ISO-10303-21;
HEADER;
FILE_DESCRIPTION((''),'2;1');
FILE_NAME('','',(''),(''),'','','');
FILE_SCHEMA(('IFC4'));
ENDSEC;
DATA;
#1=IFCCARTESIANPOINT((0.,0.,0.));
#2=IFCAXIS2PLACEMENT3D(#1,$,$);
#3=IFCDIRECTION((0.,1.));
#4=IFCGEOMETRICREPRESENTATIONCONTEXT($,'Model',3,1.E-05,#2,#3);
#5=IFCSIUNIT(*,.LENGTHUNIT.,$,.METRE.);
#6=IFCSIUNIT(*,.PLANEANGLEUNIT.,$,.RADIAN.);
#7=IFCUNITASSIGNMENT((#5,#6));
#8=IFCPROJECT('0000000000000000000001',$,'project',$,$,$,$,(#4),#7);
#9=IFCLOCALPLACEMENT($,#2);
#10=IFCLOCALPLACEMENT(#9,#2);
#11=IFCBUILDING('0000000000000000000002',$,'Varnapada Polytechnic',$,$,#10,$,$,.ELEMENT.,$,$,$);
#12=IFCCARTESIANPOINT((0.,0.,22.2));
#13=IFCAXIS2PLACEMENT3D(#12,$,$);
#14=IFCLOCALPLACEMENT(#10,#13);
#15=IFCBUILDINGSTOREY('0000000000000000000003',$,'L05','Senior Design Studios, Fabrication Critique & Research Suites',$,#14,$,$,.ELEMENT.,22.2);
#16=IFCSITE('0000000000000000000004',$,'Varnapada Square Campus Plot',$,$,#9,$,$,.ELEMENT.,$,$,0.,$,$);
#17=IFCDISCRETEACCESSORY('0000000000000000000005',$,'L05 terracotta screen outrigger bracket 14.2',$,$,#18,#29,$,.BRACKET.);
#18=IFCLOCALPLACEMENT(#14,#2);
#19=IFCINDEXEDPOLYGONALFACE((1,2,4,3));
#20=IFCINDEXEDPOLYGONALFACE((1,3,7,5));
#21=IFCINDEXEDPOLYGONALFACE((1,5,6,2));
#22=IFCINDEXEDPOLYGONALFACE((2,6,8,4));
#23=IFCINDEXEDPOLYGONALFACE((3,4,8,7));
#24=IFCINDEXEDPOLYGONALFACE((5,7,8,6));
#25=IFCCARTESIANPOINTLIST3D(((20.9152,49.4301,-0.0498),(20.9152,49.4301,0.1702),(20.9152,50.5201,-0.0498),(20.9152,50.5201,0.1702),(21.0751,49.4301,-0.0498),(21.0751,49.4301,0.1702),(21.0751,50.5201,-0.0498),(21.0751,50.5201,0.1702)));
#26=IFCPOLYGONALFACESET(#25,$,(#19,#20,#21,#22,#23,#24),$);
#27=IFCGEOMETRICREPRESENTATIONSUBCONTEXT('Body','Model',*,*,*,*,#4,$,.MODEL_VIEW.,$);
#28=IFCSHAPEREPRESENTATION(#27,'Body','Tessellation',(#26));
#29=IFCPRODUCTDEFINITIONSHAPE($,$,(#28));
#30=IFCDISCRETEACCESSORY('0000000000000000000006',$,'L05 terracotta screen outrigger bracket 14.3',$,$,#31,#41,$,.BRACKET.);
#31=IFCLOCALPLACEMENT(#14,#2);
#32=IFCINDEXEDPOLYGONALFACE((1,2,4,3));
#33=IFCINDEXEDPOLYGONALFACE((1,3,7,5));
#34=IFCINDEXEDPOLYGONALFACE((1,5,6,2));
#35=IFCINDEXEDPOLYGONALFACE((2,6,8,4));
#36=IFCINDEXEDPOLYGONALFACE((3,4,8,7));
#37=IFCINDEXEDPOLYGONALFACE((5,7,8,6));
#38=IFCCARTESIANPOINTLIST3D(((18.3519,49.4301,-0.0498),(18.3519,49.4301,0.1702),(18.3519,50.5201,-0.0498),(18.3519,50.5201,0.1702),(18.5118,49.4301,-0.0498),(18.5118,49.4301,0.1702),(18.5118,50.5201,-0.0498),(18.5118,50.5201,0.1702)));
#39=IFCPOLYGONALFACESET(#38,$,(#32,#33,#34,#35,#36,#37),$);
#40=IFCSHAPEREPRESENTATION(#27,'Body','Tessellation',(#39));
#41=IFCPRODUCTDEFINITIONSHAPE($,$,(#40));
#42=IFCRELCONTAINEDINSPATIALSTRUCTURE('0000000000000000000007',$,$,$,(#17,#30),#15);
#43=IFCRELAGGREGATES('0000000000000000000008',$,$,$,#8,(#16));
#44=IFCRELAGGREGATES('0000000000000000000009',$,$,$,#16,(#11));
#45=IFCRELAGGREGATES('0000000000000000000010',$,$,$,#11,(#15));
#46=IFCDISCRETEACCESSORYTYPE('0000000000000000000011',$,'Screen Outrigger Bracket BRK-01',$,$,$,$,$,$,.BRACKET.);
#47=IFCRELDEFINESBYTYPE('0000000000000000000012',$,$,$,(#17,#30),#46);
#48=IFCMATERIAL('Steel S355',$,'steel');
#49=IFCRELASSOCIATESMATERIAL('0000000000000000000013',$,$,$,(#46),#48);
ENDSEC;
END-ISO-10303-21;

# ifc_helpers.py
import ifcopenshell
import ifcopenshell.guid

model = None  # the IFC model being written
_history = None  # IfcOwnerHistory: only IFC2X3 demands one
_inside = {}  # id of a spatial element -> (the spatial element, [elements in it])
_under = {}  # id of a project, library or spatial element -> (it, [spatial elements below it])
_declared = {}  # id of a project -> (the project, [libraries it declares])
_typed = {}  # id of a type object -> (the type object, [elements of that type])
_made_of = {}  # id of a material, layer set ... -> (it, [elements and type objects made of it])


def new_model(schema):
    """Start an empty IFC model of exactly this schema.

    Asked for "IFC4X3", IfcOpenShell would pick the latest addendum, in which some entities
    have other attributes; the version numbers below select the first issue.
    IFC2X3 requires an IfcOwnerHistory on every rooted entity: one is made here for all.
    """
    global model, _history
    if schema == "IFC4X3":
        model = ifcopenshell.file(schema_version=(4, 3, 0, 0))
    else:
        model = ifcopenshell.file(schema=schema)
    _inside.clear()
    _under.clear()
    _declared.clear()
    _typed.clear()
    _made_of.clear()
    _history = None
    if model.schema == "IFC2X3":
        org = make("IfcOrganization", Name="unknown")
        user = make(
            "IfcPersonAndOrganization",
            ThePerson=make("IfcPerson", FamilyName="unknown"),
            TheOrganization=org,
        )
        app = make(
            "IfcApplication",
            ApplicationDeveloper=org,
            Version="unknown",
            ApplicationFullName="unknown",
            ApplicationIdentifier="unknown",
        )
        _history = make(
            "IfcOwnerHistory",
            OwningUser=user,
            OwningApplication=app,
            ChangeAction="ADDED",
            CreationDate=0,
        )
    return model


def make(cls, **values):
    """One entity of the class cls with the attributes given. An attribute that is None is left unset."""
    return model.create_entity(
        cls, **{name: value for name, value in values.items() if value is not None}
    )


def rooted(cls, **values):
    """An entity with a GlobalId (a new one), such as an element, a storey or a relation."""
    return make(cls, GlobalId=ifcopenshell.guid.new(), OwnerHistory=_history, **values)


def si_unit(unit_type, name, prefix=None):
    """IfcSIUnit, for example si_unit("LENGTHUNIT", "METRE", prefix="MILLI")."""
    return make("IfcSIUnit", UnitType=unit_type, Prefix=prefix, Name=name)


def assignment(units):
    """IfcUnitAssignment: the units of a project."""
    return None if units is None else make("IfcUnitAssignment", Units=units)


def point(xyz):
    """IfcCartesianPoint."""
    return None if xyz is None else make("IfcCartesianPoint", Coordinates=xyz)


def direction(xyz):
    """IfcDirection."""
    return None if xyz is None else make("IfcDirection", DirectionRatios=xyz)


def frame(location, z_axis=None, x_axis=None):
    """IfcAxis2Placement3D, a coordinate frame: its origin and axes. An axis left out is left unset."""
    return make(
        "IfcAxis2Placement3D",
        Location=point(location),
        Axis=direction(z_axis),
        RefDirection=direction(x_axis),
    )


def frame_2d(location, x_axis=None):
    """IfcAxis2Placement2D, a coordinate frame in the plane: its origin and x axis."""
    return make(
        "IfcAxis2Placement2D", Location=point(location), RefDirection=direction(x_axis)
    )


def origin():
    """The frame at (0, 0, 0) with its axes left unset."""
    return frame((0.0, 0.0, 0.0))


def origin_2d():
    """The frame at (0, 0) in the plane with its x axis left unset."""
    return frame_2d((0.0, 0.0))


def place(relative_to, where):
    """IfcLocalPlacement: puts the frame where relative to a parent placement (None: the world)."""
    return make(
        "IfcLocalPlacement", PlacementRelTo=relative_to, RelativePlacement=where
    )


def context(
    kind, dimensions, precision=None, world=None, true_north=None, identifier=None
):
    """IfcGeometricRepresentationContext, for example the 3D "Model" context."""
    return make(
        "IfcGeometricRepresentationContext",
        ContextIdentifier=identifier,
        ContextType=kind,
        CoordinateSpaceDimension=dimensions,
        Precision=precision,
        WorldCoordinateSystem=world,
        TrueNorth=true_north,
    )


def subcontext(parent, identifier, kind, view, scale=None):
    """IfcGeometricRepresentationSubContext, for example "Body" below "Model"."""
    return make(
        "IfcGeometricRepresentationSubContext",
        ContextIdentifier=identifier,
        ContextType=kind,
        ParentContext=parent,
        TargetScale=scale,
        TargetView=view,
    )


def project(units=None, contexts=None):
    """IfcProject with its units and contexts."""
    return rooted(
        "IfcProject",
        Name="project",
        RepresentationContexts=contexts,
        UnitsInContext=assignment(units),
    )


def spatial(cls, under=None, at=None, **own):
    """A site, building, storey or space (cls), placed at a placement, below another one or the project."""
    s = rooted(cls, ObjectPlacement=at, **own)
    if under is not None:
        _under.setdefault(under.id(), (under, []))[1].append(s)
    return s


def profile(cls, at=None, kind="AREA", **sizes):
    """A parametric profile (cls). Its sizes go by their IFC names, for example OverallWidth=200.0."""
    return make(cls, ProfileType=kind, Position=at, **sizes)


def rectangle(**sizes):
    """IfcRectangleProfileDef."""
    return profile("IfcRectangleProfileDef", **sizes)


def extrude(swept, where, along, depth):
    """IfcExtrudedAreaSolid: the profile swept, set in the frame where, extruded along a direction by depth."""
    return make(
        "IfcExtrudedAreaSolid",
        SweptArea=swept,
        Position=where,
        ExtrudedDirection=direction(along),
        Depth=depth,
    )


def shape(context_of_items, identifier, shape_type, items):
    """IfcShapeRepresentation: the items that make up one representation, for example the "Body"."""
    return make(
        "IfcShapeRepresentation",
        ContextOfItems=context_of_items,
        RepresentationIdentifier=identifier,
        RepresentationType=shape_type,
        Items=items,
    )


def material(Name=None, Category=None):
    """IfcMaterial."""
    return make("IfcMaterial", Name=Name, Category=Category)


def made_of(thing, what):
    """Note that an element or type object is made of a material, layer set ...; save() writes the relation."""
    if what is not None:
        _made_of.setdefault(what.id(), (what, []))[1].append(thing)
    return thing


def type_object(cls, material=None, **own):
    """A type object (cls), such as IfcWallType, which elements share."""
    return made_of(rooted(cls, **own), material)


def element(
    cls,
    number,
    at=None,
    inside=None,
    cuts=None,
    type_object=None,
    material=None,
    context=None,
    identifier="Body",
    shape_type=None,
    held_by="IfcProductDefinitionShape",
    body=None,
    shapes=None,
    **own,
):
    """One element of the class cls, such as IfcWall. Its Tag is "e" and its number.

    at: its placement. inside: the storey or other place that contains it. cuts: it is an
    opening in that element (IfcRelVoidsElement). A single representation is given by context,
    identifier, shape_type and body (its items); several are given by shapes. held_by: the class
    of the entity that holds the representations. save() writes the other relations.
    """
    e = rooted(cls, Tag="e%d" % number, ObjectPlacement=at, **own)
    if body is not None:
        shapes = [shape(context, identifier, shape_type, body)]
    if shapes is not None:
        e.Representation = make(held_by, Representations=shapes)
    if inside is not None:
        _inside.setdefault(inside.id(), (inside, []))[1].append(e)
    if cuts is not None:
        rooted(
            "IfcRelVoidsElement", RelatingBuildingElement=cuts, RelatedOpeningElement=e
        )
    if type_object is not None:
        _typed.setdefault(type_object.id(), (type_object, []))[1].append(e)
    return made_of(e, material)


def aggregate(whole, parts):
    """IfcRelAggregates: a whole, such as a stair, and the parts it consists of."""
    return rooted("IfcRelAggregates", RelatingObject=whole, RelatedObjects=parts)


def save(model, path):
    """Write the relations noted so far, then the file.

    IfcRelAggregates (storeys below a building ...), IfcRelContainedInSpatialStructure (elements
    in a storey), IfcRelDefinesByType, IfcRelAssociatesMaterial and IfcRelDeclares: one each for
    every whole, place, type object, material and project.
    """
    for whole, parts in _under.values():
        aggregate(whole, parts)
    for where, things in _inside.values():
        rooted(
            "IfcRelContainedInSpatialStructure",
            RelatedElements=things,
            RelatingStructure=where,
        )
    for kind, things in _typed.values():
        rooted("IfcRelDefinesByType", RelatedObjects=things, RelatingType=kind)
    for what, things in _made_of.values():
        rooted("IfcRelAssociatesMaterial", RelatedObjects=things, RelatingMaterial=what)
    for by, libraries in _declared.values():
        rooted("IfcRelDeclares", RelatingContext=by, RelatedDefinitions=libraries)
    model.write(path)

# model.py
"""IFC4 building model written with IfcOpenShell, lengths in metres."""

from ifc_helpers import new_model, si_unit, direction, frame, origin, origin_2d, place, context, subcontext, project, spatial, rectangle, extrude, material, type_object, element, save


model = new_model("IFC4")

# Units and contexts
model_context = context("Model", 3, precision=1e-05, world=origin(), true_north=direction((0.0, 1.0)))
body_context = subcontext(model_context, "Body", "Model", "MODEL_VIEW")
ifc_project = project(units=[si_unit("LENGTHUNIT", "METRE"), si_unit("PLANEANGLEUNIT", "RADIAN")], contexts=[model_context])

# Site, building, storey
site_placement = place(None, origin())
site = spatial("IfcSite", under=ifc_project, at=site_placement, Name="Varnapada Square Campus Plot", CompositionType="ELEMENT", RefElevation=0.0)
building_placement = place(site_placement, origin())
building = spatial("IfcBuilding", under=site, at=building_placement, Name="Varnapada Polytechnic", CompositionType="ELEMENT")
storey_placement = place(building_placement, frame((0.0, 0.0, 22.2)))
storey = spatial("IfcBuildingStorey", under=building, at=storey_placement, Name="L05", Description="Senior Design Studios, Fabrication Critique & Research Suites", CompositionType="ELEMENT", Elevation=22.2)

# Shared definitions
ifc_material_1 = material(Name="Steel S355", Category="steel")

# Discrete accessories
discrete_accessory_type = type_object("IfcDiscreteAccessoryType", Name="Screen Outrigger Bracket BRK-01", PredefinedType="BRACKET", material=ifc_material_1)
for number, where, z_axis, x_axis, name in (
    (1, (20.9951, 49.9751, -0.0498), (0.0, 0.0, 1.0), (-1.0, 0.0, 0.0), "L05 terracotta screen outrigger bracket 14.2"),
    (2, (18.4319, 49.9751, -0.0498), (0.0, 0.0, 1.0), (-1.0, 0.0, 0.0), "L05 terracotta screen outrigger bracket 14.3"),
):
    element("IfcDiscreteAccessory", number, at=place(storey_placement, frame(where, z_axis=z_axis, x_axis=x_axis)), inside=storey, type_object=discrete_accessory_type, Name=name, PredefinedType="BRACKET", context=body_context, shape_type="SweptSolid", body=[
        extrude(rectangle(XDim=0.1599, YDim=1.0901, at=origin_2d()), origin(), (0.0, 0.0, 1.0), 0.22),
    ])

save(model, "model.ifc")
